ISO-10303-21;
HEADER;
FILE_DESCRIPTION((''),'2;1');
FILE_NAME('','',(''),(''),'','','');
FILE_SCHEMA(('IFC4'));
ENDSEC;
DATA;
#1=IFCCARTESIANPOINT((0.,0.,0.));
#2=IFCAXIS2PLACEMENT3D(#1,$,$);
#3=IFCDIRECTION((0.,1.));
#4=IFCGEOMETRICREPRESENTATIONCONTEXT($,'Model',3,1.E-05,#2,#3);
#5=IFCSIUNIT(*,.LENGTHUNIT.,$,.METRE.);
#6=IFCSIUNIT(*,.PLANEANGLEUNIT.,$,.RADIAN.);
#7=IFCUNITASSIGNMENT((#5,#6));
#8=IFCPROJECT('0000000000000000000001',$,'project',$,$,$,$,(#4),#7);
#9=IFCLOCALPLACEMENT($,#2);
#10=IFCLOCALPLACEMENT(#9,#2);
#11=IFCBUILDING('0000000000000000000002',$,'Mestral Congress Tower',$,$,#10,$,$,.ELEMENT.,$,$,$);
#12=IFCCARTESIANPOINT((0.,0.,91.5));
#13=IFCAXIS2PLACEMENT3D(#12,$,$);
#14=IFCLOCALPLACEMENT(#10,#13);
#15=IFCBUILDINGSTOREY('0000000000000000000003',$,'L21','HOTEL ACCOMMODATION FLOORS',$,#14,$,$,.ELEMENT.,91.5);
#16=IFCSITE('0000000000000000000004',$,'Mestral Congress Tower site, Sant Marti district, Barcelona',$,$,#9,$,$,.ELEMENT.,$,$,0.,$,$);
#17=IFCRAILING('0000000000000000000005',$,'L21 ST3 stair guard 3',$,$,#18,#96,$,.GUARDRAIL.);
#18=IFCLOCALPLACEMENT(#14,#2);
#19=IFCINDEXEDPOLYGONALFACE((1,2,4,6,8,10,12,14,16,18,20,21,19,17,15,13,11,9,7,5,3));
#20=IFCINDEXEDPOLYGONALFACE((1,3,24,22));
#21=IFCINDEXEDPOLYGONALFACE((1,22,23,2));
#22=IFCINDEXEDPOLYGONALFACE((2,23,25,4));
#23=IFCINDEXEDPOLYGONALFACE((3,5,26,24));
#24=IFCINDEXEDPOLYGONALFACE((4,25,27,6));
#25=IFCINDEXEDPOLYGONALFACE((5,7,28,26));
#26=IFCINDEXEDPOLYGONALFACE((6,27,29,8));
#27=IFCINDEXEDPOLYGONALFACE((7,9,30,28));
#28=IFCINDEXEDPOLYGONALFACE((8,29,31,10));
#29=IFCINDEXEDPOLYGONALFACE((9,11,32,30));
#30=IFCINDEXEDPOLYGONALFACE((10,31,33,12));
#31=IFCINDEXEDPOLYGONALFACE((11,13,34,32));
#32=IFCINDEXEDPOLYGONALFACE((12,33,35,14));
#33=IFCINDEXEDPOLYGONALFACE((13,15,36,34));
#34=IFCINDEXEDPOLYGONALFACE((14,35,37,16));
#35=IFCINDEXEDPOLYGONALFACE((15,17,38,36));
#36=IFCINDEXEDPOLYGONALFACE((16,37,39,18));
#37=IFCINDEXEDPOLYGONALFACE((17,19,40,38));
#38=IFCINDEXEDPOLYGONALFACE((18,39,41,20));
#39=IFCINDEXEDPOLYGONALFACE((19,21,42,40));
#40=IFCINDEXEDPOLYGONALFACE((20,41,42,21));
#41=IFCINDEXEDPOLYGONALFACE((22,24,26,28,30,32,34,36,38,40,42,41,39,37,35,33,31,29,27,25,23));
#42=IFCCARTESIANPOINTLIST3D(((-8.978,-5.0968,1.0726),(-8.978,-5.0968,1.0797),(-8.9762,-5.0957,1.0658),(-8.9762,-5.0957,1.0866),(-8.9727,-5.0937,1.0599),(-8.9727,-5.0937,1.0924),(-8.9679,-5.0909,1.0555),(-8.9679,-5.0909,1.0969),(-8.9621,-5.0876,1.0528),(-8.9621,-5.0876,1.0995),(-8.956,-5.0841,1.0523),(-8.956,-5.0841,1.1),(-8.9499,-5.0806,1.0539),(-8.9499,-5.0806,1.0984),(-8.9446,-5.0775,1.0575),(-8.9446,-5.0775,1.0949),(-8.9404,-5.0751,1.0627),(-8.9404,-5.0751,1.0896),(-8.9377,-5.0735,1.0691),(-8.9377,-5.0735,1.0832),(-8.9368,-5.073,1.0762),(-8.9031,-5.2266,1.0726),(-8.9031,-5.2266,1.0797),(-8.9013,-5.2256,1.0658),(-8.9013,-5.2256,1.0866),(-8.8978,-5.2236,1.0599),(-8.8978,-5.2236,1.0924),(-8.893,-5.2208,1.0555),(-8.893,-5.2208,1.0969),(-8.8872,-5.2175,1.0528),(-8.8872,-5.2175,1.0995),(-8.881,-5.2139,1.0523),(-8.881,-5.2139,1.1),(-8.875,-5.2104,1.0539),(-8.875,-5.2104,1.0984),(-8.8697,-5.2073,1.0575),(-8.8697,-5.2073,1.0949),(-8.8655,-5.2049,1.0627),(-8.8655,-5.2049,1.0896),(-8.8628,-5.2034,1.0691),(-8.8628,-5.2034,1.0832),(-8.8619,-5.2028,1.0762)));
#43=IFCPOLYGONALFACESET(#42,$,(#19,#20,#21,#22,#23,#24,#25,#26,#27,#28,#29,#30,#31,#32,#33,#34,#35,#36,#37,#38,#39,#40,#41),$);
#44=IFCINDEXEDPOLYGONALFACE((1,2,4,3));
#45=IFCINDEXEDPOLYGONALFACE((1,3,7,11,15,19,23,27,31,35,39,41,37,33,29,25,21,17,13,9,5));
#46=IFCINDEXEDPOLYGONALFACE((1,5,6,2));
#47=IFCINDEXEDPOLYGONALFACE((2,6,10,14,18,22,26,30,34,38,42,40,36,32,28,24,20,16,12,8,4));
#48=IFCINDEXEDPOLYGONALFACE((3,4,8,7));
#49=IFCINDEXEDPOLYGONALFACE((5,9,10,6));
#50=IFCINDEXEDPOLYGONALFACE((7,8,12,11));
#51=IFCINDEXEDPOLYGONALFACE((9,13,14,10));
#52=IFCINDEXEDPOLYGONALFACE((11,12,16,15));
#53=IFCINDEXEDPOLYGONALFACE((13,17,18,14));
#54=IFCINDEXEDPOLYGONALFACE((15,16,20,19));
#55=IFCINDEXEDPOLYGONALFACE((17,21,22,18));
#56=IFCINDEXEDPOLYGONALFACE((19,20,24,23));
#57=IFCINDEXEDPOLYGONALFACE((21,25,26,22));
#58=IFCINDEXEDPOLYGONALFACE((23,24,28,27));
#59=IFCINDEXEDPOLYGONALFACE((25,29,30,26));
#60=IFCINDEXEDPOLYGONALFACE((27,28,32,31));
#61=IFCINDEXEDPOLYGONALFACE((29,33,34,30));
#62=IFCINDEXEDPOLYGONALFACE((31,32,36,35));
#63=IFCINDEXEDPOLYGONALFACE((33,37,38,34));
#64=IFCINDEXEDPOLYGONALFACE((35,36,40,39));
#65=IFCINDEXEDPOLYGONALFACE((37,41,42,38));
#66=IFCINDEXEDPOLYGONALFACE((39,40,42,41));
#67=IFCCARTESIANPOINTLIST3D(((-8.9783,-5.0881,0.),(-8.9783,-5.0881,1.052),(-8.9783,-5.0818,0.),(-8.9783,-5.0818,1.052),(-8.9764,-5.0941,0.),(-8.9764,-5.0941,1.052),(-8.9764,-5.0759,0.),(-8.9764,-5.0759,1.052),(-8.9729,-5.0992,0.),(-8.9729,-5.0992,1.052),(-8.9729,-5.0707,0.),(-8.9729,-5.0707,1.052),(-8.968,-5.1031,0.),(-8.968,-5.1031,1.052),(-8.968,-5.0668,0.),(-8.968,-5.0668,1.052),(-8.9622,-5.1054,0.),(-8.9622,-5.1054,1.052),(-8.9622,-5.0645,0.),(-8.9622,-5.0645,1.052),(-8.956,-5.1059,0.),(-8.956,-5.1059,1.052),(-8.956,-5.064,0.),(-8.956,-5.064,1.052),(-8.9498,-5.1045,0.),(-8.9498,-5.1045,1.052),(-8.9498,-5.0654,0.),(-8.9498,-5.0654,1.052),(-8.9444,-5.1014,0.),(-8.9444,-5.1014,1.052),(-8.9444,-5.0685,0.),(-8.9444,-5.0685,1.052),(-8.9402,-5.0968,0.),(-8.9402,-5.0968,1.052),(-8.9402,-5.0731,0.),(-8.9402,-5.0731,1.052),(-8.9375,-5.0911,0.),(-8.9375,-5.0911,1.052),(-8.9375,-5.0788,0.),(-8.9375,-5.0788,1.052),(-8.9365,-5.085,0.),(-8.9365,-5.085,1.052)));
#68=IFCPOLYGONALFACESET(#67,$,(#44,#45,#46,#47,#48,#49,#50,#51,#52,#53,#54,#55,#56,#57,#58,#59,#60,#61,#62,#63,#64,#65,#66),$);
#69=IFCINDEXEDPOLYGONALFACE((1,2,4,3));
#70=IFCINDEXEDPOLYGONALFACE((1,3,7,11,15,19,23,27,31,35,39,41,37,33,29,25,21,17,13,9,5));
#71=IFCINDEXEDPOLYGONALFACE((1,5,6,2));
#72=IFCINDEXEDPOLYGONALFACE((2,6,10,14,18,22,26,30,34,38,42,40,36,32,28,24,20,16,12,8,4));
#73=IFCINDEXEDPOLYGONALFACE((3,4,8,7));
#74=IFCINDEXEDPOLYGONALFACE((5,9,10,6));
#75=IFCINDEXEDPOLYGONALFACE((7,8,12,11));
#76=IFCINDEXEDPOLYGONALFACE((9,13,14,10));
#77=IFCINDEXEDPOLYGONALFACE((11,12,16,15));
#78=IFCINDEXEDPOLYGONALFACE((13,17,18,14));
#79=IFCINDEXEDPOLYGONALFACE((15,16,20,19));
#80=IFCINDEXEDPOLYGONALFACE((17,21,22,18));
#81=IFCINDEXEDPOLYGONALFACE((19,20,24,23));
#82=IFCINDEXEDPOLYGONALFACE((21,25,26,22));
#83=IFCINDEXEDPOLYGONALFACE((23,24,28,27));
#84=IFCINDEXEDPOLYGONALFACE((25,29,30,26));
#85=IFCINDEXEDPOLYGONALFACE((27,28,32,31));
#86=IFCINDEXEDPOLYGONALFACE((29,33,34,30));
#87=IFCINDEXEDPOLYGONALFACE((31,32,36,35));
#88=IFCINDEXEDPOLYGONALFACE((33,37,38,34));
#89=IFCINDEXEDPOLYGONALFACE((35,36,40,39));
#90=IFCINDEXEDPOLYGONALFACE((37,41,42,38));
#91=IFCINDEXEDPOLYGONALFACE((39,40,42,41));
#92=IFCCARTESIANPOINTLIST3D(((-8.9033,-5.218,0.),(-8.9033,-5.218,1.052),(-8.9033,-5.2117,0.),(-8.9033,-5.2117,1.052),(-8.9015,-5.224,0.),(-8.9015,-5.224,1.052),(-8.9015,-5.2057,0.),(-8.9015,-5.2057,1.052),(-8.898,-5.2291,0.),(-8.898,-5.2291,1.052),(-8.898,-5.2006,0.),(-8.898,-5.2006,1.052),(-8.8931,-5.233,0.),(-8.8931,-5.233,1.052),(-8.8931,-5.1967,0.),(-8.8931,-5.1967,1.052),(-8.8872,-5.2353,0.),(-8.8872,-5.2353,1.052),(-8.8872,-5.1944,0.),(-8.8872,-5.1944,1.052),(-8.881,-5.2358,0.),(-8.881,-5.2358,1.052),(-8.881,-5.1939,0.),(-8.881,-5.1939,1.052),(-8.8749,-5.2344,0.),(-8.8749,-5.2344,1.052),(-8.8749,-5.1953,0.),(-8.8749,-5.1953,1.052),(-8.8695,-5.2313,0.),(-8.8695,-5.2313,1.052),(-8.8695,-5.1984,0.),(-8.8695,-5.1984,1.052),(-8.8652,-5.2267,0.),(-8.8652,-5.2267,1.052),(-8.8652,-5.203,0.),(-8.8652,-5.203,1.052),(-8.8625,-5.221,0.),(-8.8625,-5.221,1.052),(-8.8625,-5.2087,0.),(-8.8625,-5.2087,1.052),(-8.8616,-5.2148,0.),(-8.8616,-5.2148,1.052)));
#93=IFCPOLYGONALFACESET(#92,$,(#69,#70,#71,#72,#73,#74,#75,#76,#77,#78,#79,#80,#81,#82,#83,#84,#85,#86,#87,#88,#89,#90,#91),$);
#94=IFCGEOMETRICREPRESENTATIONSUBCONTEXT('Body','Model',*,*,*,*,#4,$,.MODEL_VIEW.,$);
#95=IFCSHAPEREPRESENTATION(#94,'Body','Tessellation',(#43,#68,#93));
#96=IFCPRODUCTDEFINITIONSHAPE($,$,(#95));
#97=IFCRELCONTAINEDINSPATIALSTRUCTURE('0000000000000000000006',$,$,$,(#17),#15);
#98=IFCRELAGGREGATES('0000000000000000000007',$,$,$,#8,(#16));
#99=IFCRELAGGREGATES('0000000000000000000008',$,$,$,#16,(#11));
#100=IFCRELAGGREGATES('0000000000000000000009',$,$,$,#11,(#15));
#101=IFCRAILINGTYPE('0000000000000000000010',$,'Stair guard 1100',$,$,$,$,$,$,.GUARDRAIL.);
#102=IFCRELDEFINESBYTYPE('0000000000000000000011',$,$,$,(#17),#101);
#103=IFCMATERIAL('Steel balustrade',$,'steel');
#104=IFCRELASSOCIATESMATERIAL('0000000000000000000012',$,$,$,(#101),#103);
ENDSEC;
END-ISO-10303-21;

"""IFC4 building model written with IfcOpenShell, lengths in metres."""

from ifc_helpers import new_model, si_unit, direction, frame, origin, origin_2d, place, context, subcontext, project, spatial, circle, extrude, material, type_object, element, save


model = new_model("IFC4")

# Units and contexts
model_context = context("Model", 3, precision=1e-05, world=origin(), true_north=direction((0.0, 1.0)))
body_context = subcontext(model_context, "Body", "Model", "MODEL_VIEW")
ifc_project = project(units=[si_unit("LENGTHUNIT", "METRE"), si_unit("PLANEANGLEUNIT", "RADIAN")], contexts=[model_context])

# Site, building, storey
site_placement = place(None, origin())
site = spatial("IfcSite", under=ifc_project, at=site_placement, Name="Mestral Congress Tower site, Sant Marti district, Barcelona", CompositionType="ELEMENT", RefElevation=0.0)
building_placement = place(site_placement, origin())
building = spatial("IfcBuilding", under=site, at=building_placement, Name="Mestral Congress Tower", CompositionType="ELEMENT")
storey_placement = place(building_placement, frame((0.0, 0.0, 91.5)))
storey = spatial("IfcBuildingStorey", under=building, at=storey_placement, Name="L21", Description="HOTEL ACCOMMODATION FLOORS", CompositionType="ELEMENT", Elevation=91.5)

# Railing
ifc_material_1 = material(Name="Steel balustrade", Category="steel")
railing_type_1 = type_object("IfcRailingType", Name="Stair guard 1100", PredefinedType="GUARDRAIL", material=ifc_material_1)
railing_1_placement = place(storey_placement, frame((-8.9575, -5.085, 0.0)))
element("IfcRailing", 1, at=railing_1_placement, inside=storey, type_object=railing_type_1, Name="L21 ST3 stair guard 3", PredefinedType="GUARDRAIL", context=body_context, shape_type="SweptSolid", body=[
    extrude(circle(Radius=0.0239, at=origin_2d()), frame((0.0, 0.0, 1.0762), z_axis=(0.499816, -0.866131, 0.0), x_axis=(0.866131, 0.499816, 0.0)), (0.0, 0.0, 1.0), 0.1499),
    extrude(circle(Radius=0.021, at=origin_2d()), origin(), (0.0, 0.0, 1.0), 1.052),
    extrude(circle(Radius=0.021, at=origin_2d()), frame((0.075, -0.1299, 0.0)), (0.0, 0.0, 1.0), 1.052),
])

save(model, "model.ifc")
